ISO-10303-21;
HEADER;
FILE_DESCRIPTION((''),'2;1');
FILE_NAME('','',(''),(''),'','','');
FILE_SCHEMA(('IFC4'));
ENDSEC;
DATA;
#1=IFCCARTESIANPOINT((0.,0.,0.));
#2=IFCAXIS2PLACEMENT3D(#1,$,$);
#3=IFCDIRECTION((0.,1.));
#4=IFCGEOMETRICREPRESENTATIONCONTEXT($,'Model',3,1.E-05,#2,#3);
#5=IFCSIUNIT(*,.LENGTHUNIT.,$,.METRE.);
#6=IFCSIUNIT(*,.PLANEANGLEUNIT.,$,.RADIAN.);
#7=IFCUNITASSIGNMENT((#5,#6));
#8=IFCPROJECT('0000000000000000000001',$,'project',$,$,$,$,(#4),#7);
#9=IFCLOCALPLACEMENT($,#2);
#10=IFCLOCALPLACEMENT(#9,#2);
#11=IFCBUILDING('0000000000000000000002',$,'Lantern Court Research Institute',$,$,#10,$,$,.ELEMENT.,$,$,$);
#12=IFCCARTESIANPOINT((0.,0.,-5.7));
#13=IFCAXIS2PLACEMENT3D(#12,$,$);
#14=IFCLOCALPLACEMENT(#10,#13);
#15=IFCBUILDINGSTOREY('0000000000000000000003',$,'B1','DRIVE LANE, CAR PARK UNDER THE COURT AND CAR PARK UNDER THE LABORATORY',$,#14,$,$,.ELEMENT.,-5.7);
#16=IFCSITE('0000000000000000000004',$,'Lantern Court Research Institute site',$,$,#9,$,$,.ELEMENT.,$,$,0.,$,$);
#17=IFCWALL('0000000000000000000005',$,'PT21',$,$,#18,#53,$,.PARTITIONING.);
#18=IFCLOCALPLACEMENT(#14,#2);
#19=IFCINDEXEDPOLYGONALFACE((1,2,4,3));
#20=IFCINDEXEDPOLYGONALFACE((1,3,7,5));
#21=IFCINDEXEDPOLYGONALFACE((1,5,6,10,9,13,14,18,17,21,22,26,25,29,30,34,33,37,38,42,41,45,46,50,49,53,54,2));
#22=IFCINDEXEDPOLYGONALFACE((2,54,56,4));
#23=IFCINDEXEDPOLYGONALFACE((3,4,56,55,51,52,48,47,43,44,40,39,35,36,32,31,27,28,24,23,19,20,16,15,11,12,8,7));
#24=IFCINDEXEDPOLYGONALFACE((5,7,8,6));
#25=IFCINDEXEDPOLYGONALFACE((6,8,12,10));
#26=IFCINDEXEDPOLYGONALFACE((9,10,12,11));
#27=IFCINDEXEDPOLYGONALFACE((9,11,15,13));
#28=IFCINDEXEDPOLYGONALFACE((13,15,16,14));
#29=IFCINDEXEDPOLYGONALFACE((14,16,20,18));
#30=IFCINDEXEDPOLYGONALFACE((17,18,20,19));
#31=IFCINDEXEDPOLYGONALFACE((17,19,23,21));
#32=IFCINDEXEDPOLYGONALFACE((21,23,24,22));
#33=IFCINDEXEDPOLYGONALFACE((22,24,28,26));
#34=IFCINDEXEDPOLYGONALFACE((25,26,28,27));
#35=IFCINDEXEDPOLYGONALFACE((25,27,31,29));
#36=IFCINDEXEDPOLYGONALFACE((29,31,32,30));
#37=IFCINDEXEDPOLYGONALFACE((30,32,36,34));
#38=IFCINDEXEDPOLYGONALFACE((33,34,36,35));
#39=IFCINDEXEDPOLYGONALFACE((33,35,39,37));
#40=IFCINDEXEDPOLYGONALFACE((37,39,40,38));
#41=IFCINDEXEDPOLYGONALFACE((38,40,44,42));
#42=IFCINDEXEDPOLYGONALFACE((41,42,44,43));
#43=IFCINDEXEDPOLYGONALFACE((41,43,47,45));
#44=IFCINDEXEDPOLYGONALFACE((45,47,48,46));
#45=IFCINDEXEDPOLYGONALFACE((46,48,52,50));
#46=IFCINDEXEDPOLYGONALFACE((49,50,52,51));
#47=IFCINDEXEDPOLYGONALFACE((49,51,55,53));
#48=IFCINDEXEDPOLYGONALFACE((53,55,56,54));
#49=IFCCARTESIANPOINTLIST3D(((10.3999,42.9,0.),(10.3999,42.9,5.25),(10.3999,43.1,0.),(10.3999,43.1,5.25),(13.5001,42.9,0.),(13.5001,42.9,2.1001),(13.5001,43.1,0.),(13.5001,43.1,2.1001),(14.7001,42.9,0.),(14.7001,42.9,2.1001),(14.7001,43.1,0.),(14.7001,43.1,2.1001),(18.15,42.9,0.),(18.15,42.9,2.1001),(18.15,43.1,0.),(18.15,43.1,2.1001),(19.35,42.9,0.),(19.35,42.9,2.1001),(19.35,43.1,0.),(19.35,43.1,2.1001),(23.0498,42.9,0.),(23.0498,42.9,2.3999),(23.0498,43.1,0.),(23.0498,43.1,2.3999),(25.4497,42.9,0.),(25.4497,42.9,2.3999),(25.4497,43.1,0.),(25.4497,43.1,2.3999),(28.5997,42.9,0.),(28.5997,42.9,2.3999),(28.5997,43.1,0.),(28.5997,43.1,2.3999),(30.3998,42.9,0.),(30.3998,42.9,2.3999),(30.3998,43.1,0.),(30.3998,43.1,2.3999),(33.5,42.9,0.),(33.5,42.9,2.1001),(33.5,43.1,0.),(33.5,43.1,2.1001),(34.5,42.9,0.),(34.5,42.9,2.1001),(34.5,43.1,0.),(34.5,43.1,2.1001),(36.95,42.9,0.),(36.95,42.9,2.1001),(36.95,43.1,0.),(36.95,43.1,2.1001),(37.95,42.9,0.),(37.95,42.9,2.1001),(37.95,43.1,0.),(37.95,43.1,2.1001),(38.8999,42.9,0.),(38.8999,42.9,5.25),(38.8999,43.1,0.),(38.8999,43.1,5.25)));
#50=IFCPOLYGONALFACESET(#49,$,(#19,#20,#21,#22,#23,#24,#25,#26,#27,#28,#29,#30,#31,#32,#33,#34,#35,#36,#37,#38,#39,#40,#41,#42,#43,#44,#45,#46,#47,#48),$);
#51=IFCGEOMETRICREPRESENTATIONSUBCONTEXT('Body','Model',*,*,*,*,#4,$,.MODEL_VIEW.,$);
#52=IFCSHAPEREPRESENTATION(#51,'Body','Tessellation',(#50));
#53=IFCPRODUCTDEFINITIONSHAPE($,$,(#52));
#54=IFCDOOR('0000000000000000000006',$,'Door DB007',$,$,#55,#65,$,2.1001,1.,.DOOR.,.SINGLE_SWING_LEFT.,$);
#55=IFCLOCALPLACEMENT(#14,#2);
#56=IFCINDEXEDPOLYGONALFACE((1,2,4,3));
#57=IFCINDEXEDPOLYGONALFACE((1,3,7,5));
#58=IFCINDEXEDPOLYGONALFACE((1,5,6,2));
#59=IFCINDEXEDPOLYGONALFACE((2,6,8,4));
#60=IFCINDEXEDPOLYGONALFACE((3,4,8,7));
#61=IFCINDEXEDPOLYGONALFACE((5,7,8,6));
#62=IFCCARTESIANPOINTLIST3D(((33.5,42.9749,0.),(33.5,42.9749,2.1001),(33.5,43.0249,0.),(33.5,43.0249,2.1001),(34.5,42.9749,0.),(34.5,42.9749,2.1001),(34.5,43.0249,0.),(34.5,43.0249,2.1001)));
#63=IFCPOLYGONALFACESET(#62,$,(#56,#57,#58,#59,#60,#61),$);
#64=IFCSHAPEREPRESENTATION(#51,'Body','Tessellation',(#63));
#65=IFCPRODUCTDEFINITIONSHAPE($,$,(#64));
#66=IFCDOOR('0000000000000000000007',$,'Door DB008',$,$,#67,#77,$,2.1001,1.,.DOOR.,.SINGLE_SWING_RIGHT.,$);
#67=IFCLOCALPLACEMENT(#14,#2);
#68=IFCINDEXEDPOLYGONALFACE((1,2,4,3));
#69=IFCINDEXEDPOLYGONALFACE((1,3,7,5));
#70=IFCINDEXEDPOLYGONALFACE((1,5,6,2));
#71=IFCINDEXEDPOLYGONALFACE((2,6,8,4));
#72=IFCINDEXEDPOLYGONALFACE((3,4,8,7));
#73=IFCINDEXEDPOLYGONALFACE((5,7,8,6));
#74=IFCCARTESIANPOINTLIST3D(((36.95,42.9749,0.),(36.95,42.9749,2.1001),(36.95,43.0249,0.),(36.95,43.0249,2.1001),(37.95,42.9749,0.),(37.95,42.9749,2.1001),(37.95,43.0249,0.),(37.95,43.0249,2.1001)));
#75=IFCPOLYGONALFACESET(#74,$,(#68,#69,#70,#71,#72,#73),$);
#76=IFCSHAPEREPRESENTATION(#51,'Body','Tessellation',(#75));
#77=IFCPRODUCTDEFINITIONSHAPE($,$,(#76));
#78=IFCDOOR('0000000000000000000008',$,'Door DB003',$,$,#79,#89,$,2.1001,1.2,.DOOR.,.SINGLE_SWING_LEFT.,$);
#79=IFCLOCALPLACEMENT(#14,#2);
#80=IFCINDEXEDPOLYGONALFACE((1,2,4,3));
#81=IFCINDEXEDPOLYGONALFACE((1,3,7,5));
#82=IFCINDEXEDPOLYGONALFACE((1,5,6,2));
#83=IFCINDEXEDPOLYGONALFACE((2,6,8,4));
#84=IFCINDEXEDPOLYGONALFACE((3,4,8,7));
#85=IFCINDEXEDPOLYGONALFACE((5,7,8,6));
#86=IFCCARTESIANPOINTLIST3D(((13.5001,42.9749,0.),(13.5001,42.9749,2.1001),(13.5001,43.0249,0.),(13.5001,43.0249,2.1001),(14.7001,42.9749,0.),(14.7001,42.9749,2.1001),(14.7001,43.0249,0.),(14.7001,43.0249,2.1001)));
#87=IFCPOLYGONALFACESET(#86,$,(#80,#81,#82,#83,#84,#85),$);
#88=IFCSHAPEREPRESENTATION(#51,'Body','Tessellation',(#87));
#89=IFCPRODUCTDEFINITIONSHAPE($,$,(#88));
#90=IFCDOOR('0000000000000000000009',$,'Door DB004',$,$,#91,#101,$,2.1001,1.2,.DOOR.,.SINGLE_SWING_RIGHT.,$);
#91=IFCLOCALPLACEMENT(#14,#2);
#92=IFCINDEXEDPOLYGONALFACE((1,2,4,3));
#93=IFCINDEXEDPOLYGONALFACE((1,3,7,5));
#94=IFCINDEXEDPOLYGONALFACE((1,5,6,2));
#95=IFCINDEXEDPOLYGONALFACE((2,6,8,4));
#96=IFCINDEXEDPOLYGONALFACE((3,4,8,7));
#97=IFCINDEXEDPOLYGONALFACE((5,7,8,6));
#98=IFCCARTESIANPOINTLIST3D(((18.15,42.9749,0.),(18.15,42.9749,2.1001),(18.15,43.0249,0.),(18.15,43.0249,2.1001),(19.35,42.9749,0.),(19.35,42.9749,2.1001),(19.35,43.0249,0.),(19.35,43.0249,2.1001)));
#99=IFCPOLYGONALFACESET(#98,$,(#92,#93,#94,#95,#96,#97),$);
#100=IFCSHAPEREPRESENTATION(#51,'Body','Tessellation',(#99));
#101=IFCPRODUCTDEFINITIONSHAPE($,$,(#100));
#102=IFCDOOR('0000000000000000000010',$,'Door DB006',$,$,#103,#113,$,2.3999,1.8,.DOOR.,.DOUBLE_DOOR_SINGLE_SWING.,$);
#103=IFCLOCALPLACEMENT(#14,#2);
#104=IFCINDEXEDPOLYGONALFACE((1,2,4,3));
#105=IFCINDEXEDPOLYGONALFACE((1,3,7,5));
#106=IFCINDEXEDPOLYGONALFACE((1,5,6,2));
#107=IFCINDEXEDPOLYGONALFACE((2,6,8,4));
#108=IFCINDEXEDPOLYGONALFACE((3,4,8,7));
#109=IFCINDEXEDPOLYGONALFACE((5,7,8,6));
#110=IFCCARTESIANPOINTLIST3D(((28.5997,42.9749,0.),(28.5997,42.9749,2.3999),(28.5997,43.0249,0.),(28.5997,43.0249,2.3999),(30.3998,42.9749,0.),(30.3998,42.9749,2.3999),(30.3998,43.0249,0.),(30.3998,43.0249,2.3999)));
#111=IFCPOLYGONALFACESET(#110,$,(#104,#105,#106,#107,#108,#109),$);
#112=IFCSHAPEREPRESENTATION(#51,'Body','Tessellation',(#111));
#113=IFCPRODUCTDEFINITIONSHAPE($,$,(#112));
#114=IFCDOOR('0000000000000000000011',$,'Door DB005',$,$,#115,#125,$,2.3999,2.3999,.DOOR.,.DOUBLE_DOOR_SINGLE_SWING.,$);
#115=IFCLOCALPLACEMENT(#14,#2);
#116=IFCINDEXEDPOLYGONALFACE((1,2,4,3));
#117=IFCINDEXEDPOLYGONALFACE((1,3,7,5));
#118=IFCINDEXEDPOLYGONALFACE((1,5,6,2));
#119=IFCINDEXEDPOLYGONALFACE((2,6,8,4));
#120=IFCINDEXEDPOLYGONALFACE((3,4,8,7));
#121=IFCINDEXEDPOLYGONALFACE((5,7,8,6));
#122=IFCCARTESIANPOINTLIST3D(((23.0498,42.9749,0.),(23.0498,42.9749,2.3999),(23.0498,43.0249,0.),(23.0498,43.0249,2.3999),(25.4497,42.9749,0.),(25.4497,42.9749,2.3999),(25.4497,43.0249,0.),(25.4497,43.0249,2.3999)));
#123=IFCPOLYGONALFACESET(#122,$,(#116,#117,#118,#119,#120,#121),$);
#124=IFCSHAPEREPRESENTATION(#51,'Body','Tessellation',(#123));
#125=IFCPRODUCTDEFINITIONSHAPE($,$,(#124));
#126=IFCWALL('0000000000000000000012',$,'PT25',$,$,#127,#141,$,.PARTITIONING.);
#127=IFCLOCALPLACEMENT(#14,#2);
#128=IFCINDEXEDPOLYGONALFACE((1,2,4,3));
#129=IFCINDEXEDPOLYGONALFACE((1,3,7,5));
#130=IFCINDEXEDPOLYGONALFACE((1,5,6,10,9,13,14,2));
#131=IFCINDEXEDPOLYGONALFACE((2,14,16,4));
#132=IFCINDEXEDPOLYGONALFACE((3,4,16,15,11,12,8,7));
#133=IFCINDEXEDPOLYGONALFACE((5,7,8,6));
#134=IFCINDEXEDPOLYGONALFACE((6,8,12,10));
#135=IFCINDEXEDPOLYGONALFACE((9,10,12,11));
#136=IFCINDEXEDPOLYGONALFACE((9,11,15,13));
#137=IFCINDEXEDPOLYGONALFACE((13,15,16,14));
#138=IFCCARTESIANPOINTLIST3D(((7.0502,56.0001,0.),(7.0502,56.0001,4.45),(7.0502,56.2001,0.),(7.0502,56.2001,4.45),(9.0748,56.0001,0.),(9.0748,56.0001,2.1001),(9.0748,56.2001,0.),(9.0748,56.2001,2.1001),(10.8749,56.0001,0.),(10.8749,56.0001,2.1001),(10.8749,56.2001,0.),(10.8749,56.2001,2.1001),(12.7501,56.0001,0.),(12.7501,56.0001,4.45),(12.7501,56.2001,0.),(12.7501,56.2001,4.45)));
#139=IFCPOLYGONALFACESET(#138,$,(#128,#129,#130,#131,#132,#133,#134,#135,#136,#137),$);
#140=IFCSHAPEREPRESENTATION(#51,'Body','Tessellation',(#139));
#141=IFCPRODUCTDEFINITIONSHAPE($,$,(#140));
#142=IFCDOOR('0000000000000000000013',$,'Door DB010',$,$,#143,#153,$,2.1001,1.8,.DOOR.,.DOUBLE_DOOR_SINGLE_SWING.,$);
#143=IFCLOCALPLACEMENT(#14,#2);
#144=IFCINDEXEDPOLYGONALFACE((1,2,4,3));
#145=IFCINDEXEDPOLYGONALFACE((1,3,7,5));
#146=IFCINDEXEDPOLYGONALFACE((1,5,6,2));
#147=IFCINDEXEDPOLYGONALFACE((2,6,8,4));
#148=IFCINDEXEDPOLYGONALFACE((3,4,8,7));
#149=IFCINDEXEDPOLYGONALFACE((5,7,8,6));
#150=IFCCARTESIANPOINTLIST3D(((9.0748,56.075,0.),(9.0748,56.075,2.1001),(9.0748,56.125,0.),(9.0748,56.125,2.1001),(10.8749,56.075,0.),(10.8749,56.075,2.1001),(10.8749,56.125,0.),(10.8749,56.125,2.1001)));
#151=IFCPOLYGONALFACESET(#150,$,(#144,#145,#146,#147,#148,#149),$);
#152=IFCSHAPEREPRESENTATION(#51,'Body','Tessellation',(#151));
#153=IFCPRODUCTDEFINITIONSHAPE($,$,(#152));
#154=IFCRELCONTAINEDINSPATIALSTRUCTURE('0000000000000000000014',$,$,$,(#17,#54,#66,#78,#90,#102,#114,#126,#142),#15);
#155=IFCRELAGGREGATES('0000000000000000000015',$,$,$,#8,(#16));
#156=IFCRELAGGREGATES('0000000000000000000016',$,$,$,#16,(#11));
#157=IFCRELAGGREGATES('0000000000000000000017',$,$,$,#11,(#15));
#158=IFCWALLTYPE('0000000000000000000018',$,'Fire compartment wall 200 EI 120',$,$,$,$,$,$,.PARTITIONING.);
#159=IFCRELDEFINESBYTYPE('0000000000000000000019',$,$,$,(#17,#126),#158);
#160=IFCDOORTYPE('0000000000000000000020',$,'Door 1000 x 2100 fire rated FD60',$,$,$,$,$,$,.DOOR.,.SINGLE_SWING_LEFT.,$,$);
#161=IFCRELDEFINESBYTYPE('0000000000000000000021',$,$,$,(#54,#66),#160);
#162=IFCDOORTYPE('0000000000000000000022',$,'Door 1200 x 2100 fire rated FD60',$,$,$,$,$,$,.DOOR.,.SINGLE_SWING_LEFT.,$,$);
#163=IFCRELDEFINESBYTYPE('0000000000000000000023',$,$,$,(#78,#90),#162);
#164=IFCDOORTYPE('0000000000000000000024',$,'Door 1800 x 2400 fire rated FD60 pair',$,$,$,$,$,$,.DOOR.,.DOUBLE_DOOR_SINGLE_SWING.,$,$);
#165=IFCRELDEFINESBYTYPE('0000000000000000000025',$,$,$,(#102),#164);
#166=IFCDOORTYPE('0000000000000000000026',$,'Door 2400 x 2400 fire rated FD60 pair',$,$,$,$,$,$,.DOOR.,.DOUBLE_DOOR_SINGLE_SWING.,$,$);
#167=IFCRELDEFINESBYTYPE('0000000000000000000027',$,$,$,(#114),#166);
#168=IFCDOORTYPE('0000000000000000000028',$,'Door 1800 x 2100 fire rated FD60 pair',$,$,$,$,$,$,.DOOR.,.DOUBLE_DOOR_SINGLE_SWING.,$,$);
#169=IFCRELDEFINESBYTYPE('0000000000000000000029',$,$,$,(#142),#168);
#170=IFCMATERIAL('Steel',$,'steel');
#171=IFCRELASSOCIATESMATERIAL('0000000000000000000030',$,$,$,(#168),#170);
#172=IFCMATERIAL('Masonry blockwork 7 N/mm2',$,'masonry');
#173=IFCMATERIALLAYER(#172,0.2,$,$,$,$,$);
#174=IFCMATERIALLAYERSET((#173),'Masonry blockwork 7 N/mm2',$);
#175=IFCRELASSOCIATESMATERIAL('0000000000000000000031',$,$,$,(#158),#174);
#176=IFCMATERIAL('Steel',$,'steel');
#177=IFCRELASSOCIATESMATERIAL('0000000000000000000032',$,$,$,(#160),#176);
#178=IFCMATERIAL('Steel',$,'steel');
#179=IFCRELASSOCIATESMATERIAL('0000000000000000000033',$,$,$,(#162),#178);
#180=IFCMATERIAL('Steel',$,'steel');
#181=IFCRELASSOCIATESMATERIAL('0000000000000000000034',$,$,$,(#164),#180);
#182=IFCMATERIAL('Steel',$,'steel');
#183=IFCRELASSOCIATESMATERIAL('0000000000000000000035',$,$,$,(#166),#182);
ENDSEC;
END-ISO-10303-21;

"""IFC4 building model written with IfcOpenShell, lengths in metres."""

from ifc_helpers import new_model, si_unit, direction, frame, frame_2d, origin, place, context, subcontext, project, spatial, rectangle, extrude, material, layer, layer_set, type_object, element, fill, save


model = new_model("IFC4")

# Units and contexts
model_context = context("Model", 3, precision=1e-05, world=origin(), true_north=direction((0.0, 1.0)))
body_context = subcontext(model_context, "Body", "Model", "MODEL_VIEW")
ifc_project = project(units=[si_unit("LENGTHUNIT", "METRE"), si_unit("PLANEANGLEUNIT", "RADIAN")], contexts=[model_context])

# Site, building, storey
site_placement = place(None, origin())
site = spatial("IfcSite", under=ifc_project, at=site_placement, Name="Lantern Court Research Institute site", CompositionType="ELEMENT", RefElevation=0.0)
building_placement = place(site_placement, origin())
building = spatial("IfcBuilding", under=site, at=building_placement, Name="Lantern Court Research Institute", CompositionType="ELEMENT")
storey_placement = place(building_placement, frame((0.0, 0.0, -5.7)))
storey = spatial("IfcBuildingStorey", under=building, at=storey_placement, Name="B1", Description="DRIVE LANE, CAR PARK UNDER THE COURT AND CAR PARK UNDER THE LABORATORY", CompositionType="ELEMENT", Elevation=-5.7)

# Shared definitions
ifc_material_1 = material(Name="Steel", Category="steel")
door_type_1 = type_object("IfcDoorType", Name="Door 1800 x 2100 fire rated FD60 pair", OperationType="DOUBLE_DOOR_SINGLE_SWING", PredefinedType="DOOR", material=ifc_material_1)

# Wall, openings, doors
ifc_material_2 = material(Name="Masonry blockwork 7 N/mm2", Category="masonry")
ifc_layer_1 = layer(ifc_material_2, 0.2)
ifc_layer_set_1 = layer_set([ifc_layer_1], Name="Masonry blockwork 7 N/mm2")
wall_type_1 = type_object("IfcWallType", Name="Fire compartment wall 200 EI 120", PredefinedType="PARTITIONING", material=ifc_layer_set_1)
wall_1_placement = place(storey_placement, frame((10.3999, 43.0, 0.0), z_axis=(0.0, 0.0, 1.0), x_axis=(1.0, 0.0, 0.0)))
wall_1 = element("IfcWall", 1, at=wall_1_placement, inside=storey, type_object=wall_type_1, Name="PT21", PredefinedType="PARTITIONING", context=body_context, shape_type="SweptSolid", body=[
    extrude(rectangle(XDim=28.5, YDim=0.2, at=frame_2d((14.25, 0.0))), origin(), (0.0, 0.0, 1.0), 5.25),
])
opening_1_placement = place(wall_1_placement, frame((3.1001, 0.0, 0.0)))
opening_1 = element("IfcOpeningElement", 2, at=opening_1_placement, cuts=wall_1, PredefinedType="OPENING", context=body_context, shape_type="SweptSolid", body=[
    extrude(rectangle(XDim=1.2, YDim=2.1001, at=frame_2d((0.6001, 1.05))), frame((0.0, 0.1099, 0.0), z_axis=(0.0, -1.0, 0.0), x_axis=(1.0, 0.0, 0.0)), (0.0, 0.0, 1.0), 0.22),
])
opening_2_placement = place(wall_1_placement, frame((7.75, 0.0, 0.0)))
opening_2 = element("IfcOpeningElement", 3, at=opening_2_placement, cuts=wall_1, PredefinedType="OPENING", context=body_context, shape_type="SweptSolid", body=[
    extrude(rectangle(XDim=1.2, YDim=2.1001, at=frame_2d((0.6001, 1.05))), frame((0.0, 0.1099, 0.0), z_axis=(0.0, -1.0, 0.0), x_axis=(1.0, 0.0, 0.0)), (0.0, 0.0, 1.0), 0.22),
])
opening_3_placement = place(wall_1_placement, frame((12.6499, 0.0, 0.0)))
opening_3 = element("IfcOpeningElement", 4, at=opening_3_placement, cuts=wall_1, PredefinedType="OPENING", context=body_context, shape_type="SweptSolid", body=[
    extrude(rectangle(XDim=2.3999, YDim=2.3999, at=frame_2d((1.2, 1.2))), frame((0.0, 0.1099, 0.0), z_axis=(0.0, -1.0, 0.0), x_axis=(1.0, 0.0, 0.0)), (0.0, 0.0, 1.0), 0.22),
])
opening_4_placement = place(wall_1_placement, frame((18.2, 0.0, 0.0)))
opening_4 = element("IfcOpeningElement", 5, at=opening_4_placement, cuts=wall_1, PredefinedType="OPENING", context=body_context, shape_type="SweptSolid", body=[
    extrude(rectangle(XDim=1.8, YDim=2.3999, at=frame_2d((0.8999, 1.2))), frame((0.0, 0.1099, 0.0), z_axis=(0.0, -1.0, 0.0), x_axis=(1.0, 0.0, 0.0)), (0.0, 0.0, 1.0), 0.22),
])
opening_5_placement = place(wall_1_placement, frame((23.1001, 0.0, 0.0)))
opening_5 = element("IfcOpeningElement", 6, at=opening_5_placement, cuts=wall_1, PredefinedType="OPENING", context=body_context, shape_type="SweptSolid", body=[
    extrude(rectangle(XDim=1.0, YDim=2.1001, at=frame_2d((0.5, 1.05))), frame((0.0, 0.1099, 0.0), z_axis=(0.0, -1.0, 0.0), x_axis=(1.0, 0.0, 0.0)), (0.0, 0.0, 1.0), 0.22),
])
opening_6_placement = place(wall_1_placement, frame((26.55, 0.0, 0.0)))
opening_6 = element("IfcOpeningElement", 7, at=opening_6_placement, cuts=wall_1, PredefinedType="OPENING", context=body_context, shape_type="SweptSolid", body=[
    extrude(rectangle(XDim=1.0, YDim=2.1001, at=frame_2d((0.5, 1.05))), frame((0.0, 0.1099, 0.0), z_axis=(0.0, -1.0, 0.0), x_axis=(1.0, 0.0, 0.0)), (0.0, 0.0, 1.0), 0.22),
])
ifc_material_3 = material(Name="Steel", Category="steel")
door_type_2 = type_object("IfcDoorType", Name="Door 1000 x 2100 fire rated FD60", OperationType="SINGLE_SWING_LEFT", PredefinedType="DOOR", material=ifc_material_3)
door_1_placement = place(opening_5_placement, origin())
door_1 = element("IfcDoor", 8, at=door_1_placement, inside=storey, type_object=door_type_2, Name="Door DB007", OperationType="SINGLE_SWING_LEFT", OverallHeight=2.1001, OverallWidth=1.0, PredefinedType="DOOR", context=body_context, shape_type="SweptSolid", body=[
    extrude(rectangle(XDim=1.0, YDim=2.1001, at=frame_2d((0.5, 1.05))), frame((0.0, 0.0249, 0.0), z_axis=(0.0, -1.0, 0.0), x_axis=(1.0, 0.0, 0.0)), (0.0, 0.0, 1.0), 0.05),
])
fill(opening_5, door_1)
door_2_placement = place(opening_6_placement, origin())
door_2 = element("IfcDoor", 9, at=door_2_placement, inside=storey, type_object=door_type_2, Name="Door DB008", OperationType="SINGLE_SWING_RIGHT", OverallHeight=2.1001, OverallWidth=1.0, PredefinedType="DOOR", context=body_context, shape_type="SweptSolid", body=[
    extrude(rectangle(XDim=1.0, YDim=2.1001, at=frame_2d((0.5, 1.05))), frame((0.0, 0.0249, 0.0), z_axis=(0.0, -1.0, 0.0), x_axis=(1.0, 0.0, 0.0)), (0.0, 0.0, 1.0), 0.05),
])
fill(opening_6, door_2)
ifc_material_4 = material(Name="Steel", Category="steel")
door_type_3 = type_object("IfcDoorType", Name="Door 1200 x 2100 fire rated FD60", OperationType="SINGLE_SWING_LEFT", PredefinedType="DOOR", material=ifc_material_4)
door_3_placement = place(opening_1_placement, origin())
door_3 = element("IfcDoor", 10, at=door_3_placement, inside=storey, type_object=door_type_3, Name="Door DB003", OperationType="SINGLE_SWING_LEFT", OverallHeight=2.1001, OverallWidth=1.2, PredefinedType="DOOR", context=body_context, shape_type="SweptSolid", body=[
    extrude(rectangle(XDim=1.2, YDim=2.1001, at=frame_2d((0.6001, 1.05))), frame((0.0, 0.0249, 0.0), z_axis=(0.0, -1.0, 0.0), x_axis=(1.0, 0.0, 0.0)), (0.0, 0.0, 1.0), 0.05),
])
fill(opening_1, door_3)
door_4_placement = place(opening_2_placement, origin())
door_4 = element("IfcDoor", 11, at=door_4_placement, inside=storey, type_object=door_type_3, Name="Door DB004", OperationType="SINGLE_SWING_RIGHT", OverallHeight=2.1001, OverallWidth=1.2, PredefinedType="DOOR", context=body_context, shape_type="SweptSolid", body=[
    extrude(rectangle(XDim=1.2, YDim=2.1001, at=frame_2d((0.6001, 1.05))), frame((0.0, 0.0249, 0.0), z_axis=(0.0, -1.0, 0.0), x_axis=(1.0, 0.0, 0.0)), (0.0, 0.0, 1.0), 0.05),
])
fill(opening_2, door_4)
ifc_material_5 = material(Name="Steel", Category="steel")
door_type_4 = type_object("IfcDoorType", Name="Door 1800 x 2400 fire rated FD60 pair", OperationType="DOUBLE_DOOR_SINGLE_SWING", PredefinedType="DOOR", material=ifc_material_5)
door_5_placement = place(opening_4_placement, origin())
door_5 = element("IfcDoor", 12, at=door_5_placement, inside=storey, type_object=door_type_4, Name="Door DB006", OperationType="DOUBLE_DOOR_SINGLE_SWING", OverallHeight=2.3999, OverallWidth=1.8, PredefinedType="DOOR", context=body_context, shape_type="SweptSolid", body=[
    extrude(rectangle(XDim=1.8, YDim=2.3999, at=frame_2d((0.8999, 1.2))), frame((0.0, 0.0249, 0.0), z_axis=(0.0, -1.0, 0.0), x_axis=(1.0, 0.0, 0.0)), (0.0, 0.0, 1.0), 0.05),
])
fill(opening_4, door_5)
ifc_material_6 = material(Name="Steel", Category="steel")
door_type_5 = type_object("IfcDoorType", Name="Door 2400 x 2400 fire rated FD60 pair", OperationType="DOUBLE_DOOR_SINGLE_SWING", PredefinedType="DOOR", material=ifc_material_6)
door_6_placement = place(opening_3_placement, origin())
door_6 = element("IfcDoor", 13, at=door_6_placement, inside=storey, type_object=door_type_5, Name="Door DB005", OperationType="DOUBLE_DOOR_SINGLE_SWING", OverallHeight=2.3999, OverallWidth=2.3999, PredefinedType="DOOR", context=body_context, shape_type="SweptSolid", body=[
    extrude(rectangle(XDim=2.3999, YDim=2.3999, at=frame_2d((1.2, 1.2))), frame((0.0, 0.0249, 0.0), z_axis=(0.0, -1.0, 0.0), x_axis=(1.0, 0.0, 0.0)), (0.0, 0.0, 1.0), 0.05),
])
fill(opening_3, door_6)

# Wall, opening, door
wall_2_placement = place(storey_placement, frame((7.05, 56.1001, 0.0), z_axis=(0.0, 0.0, 1.0), x_axis=(1.0, 0.0, 0.0)))
wall_2 = element("IfcWall", 14, at=wall_2_placement, inside=storey, type_object=wall_type_1, Name="PT25", PredefinedType="PARTITIONING", context=body_context, shape_type="SweptSolid", body=[
    extrude(rectangle(XDim=5.7, YDim=0.2, at=frame_2d((2.8501, 0.0))), origin(), (0.0, 0.0, 1.0), 4.45),
])
opening_7_placement = place(wall_2_placement, frame((2.0249, 0.0, 0.0)))
opening_7 = element("IfcOpeningElement", 15, at=opening_7_placement, cuts=wall_2, PredefinedType="OPENING", context=body_context, shape_type="SweptSolid", body=[
    extrude(rectangle(XDim=1.8, YDim=2.1001, at=frame_2d((0.8999, 1.05))), frame((0.0, 0.1099, 0.0), z_axis=(0.0, -1.0, 0.0), x_axis=(1.0, 0.0, 0.0)), (0.0, 0.0, 1.0), 0.22),
])
door_7_placement = place(opening_7_placement, origin())
door_7 = element("IfcDoor", 16, at=door_7_placement, inside=storey, type_object=door_type_1, Name="Door DB010", OperationType="DOUBLE_DOOR_SINGLE_SWING", OverallHeight=2.1001, OverallWidth=1.8, PredefinedType="DOOR", context=body_context, shape_type="SweptSolid", body=[
    extrude(rectangle(XDim=1.8, YDim=2.1001, at=frame_2d((0.8999, 1.05))), frame((0.0, 0.0249, 0.0), z_axis=(0.0, -1.0, 0.0), x_axis=(1.0, 0.0, 0.0)), (0.0, 0.0, 1.0), 0.05),
])
fill(opening_7, door_7)

save(model, "model.ifc")
